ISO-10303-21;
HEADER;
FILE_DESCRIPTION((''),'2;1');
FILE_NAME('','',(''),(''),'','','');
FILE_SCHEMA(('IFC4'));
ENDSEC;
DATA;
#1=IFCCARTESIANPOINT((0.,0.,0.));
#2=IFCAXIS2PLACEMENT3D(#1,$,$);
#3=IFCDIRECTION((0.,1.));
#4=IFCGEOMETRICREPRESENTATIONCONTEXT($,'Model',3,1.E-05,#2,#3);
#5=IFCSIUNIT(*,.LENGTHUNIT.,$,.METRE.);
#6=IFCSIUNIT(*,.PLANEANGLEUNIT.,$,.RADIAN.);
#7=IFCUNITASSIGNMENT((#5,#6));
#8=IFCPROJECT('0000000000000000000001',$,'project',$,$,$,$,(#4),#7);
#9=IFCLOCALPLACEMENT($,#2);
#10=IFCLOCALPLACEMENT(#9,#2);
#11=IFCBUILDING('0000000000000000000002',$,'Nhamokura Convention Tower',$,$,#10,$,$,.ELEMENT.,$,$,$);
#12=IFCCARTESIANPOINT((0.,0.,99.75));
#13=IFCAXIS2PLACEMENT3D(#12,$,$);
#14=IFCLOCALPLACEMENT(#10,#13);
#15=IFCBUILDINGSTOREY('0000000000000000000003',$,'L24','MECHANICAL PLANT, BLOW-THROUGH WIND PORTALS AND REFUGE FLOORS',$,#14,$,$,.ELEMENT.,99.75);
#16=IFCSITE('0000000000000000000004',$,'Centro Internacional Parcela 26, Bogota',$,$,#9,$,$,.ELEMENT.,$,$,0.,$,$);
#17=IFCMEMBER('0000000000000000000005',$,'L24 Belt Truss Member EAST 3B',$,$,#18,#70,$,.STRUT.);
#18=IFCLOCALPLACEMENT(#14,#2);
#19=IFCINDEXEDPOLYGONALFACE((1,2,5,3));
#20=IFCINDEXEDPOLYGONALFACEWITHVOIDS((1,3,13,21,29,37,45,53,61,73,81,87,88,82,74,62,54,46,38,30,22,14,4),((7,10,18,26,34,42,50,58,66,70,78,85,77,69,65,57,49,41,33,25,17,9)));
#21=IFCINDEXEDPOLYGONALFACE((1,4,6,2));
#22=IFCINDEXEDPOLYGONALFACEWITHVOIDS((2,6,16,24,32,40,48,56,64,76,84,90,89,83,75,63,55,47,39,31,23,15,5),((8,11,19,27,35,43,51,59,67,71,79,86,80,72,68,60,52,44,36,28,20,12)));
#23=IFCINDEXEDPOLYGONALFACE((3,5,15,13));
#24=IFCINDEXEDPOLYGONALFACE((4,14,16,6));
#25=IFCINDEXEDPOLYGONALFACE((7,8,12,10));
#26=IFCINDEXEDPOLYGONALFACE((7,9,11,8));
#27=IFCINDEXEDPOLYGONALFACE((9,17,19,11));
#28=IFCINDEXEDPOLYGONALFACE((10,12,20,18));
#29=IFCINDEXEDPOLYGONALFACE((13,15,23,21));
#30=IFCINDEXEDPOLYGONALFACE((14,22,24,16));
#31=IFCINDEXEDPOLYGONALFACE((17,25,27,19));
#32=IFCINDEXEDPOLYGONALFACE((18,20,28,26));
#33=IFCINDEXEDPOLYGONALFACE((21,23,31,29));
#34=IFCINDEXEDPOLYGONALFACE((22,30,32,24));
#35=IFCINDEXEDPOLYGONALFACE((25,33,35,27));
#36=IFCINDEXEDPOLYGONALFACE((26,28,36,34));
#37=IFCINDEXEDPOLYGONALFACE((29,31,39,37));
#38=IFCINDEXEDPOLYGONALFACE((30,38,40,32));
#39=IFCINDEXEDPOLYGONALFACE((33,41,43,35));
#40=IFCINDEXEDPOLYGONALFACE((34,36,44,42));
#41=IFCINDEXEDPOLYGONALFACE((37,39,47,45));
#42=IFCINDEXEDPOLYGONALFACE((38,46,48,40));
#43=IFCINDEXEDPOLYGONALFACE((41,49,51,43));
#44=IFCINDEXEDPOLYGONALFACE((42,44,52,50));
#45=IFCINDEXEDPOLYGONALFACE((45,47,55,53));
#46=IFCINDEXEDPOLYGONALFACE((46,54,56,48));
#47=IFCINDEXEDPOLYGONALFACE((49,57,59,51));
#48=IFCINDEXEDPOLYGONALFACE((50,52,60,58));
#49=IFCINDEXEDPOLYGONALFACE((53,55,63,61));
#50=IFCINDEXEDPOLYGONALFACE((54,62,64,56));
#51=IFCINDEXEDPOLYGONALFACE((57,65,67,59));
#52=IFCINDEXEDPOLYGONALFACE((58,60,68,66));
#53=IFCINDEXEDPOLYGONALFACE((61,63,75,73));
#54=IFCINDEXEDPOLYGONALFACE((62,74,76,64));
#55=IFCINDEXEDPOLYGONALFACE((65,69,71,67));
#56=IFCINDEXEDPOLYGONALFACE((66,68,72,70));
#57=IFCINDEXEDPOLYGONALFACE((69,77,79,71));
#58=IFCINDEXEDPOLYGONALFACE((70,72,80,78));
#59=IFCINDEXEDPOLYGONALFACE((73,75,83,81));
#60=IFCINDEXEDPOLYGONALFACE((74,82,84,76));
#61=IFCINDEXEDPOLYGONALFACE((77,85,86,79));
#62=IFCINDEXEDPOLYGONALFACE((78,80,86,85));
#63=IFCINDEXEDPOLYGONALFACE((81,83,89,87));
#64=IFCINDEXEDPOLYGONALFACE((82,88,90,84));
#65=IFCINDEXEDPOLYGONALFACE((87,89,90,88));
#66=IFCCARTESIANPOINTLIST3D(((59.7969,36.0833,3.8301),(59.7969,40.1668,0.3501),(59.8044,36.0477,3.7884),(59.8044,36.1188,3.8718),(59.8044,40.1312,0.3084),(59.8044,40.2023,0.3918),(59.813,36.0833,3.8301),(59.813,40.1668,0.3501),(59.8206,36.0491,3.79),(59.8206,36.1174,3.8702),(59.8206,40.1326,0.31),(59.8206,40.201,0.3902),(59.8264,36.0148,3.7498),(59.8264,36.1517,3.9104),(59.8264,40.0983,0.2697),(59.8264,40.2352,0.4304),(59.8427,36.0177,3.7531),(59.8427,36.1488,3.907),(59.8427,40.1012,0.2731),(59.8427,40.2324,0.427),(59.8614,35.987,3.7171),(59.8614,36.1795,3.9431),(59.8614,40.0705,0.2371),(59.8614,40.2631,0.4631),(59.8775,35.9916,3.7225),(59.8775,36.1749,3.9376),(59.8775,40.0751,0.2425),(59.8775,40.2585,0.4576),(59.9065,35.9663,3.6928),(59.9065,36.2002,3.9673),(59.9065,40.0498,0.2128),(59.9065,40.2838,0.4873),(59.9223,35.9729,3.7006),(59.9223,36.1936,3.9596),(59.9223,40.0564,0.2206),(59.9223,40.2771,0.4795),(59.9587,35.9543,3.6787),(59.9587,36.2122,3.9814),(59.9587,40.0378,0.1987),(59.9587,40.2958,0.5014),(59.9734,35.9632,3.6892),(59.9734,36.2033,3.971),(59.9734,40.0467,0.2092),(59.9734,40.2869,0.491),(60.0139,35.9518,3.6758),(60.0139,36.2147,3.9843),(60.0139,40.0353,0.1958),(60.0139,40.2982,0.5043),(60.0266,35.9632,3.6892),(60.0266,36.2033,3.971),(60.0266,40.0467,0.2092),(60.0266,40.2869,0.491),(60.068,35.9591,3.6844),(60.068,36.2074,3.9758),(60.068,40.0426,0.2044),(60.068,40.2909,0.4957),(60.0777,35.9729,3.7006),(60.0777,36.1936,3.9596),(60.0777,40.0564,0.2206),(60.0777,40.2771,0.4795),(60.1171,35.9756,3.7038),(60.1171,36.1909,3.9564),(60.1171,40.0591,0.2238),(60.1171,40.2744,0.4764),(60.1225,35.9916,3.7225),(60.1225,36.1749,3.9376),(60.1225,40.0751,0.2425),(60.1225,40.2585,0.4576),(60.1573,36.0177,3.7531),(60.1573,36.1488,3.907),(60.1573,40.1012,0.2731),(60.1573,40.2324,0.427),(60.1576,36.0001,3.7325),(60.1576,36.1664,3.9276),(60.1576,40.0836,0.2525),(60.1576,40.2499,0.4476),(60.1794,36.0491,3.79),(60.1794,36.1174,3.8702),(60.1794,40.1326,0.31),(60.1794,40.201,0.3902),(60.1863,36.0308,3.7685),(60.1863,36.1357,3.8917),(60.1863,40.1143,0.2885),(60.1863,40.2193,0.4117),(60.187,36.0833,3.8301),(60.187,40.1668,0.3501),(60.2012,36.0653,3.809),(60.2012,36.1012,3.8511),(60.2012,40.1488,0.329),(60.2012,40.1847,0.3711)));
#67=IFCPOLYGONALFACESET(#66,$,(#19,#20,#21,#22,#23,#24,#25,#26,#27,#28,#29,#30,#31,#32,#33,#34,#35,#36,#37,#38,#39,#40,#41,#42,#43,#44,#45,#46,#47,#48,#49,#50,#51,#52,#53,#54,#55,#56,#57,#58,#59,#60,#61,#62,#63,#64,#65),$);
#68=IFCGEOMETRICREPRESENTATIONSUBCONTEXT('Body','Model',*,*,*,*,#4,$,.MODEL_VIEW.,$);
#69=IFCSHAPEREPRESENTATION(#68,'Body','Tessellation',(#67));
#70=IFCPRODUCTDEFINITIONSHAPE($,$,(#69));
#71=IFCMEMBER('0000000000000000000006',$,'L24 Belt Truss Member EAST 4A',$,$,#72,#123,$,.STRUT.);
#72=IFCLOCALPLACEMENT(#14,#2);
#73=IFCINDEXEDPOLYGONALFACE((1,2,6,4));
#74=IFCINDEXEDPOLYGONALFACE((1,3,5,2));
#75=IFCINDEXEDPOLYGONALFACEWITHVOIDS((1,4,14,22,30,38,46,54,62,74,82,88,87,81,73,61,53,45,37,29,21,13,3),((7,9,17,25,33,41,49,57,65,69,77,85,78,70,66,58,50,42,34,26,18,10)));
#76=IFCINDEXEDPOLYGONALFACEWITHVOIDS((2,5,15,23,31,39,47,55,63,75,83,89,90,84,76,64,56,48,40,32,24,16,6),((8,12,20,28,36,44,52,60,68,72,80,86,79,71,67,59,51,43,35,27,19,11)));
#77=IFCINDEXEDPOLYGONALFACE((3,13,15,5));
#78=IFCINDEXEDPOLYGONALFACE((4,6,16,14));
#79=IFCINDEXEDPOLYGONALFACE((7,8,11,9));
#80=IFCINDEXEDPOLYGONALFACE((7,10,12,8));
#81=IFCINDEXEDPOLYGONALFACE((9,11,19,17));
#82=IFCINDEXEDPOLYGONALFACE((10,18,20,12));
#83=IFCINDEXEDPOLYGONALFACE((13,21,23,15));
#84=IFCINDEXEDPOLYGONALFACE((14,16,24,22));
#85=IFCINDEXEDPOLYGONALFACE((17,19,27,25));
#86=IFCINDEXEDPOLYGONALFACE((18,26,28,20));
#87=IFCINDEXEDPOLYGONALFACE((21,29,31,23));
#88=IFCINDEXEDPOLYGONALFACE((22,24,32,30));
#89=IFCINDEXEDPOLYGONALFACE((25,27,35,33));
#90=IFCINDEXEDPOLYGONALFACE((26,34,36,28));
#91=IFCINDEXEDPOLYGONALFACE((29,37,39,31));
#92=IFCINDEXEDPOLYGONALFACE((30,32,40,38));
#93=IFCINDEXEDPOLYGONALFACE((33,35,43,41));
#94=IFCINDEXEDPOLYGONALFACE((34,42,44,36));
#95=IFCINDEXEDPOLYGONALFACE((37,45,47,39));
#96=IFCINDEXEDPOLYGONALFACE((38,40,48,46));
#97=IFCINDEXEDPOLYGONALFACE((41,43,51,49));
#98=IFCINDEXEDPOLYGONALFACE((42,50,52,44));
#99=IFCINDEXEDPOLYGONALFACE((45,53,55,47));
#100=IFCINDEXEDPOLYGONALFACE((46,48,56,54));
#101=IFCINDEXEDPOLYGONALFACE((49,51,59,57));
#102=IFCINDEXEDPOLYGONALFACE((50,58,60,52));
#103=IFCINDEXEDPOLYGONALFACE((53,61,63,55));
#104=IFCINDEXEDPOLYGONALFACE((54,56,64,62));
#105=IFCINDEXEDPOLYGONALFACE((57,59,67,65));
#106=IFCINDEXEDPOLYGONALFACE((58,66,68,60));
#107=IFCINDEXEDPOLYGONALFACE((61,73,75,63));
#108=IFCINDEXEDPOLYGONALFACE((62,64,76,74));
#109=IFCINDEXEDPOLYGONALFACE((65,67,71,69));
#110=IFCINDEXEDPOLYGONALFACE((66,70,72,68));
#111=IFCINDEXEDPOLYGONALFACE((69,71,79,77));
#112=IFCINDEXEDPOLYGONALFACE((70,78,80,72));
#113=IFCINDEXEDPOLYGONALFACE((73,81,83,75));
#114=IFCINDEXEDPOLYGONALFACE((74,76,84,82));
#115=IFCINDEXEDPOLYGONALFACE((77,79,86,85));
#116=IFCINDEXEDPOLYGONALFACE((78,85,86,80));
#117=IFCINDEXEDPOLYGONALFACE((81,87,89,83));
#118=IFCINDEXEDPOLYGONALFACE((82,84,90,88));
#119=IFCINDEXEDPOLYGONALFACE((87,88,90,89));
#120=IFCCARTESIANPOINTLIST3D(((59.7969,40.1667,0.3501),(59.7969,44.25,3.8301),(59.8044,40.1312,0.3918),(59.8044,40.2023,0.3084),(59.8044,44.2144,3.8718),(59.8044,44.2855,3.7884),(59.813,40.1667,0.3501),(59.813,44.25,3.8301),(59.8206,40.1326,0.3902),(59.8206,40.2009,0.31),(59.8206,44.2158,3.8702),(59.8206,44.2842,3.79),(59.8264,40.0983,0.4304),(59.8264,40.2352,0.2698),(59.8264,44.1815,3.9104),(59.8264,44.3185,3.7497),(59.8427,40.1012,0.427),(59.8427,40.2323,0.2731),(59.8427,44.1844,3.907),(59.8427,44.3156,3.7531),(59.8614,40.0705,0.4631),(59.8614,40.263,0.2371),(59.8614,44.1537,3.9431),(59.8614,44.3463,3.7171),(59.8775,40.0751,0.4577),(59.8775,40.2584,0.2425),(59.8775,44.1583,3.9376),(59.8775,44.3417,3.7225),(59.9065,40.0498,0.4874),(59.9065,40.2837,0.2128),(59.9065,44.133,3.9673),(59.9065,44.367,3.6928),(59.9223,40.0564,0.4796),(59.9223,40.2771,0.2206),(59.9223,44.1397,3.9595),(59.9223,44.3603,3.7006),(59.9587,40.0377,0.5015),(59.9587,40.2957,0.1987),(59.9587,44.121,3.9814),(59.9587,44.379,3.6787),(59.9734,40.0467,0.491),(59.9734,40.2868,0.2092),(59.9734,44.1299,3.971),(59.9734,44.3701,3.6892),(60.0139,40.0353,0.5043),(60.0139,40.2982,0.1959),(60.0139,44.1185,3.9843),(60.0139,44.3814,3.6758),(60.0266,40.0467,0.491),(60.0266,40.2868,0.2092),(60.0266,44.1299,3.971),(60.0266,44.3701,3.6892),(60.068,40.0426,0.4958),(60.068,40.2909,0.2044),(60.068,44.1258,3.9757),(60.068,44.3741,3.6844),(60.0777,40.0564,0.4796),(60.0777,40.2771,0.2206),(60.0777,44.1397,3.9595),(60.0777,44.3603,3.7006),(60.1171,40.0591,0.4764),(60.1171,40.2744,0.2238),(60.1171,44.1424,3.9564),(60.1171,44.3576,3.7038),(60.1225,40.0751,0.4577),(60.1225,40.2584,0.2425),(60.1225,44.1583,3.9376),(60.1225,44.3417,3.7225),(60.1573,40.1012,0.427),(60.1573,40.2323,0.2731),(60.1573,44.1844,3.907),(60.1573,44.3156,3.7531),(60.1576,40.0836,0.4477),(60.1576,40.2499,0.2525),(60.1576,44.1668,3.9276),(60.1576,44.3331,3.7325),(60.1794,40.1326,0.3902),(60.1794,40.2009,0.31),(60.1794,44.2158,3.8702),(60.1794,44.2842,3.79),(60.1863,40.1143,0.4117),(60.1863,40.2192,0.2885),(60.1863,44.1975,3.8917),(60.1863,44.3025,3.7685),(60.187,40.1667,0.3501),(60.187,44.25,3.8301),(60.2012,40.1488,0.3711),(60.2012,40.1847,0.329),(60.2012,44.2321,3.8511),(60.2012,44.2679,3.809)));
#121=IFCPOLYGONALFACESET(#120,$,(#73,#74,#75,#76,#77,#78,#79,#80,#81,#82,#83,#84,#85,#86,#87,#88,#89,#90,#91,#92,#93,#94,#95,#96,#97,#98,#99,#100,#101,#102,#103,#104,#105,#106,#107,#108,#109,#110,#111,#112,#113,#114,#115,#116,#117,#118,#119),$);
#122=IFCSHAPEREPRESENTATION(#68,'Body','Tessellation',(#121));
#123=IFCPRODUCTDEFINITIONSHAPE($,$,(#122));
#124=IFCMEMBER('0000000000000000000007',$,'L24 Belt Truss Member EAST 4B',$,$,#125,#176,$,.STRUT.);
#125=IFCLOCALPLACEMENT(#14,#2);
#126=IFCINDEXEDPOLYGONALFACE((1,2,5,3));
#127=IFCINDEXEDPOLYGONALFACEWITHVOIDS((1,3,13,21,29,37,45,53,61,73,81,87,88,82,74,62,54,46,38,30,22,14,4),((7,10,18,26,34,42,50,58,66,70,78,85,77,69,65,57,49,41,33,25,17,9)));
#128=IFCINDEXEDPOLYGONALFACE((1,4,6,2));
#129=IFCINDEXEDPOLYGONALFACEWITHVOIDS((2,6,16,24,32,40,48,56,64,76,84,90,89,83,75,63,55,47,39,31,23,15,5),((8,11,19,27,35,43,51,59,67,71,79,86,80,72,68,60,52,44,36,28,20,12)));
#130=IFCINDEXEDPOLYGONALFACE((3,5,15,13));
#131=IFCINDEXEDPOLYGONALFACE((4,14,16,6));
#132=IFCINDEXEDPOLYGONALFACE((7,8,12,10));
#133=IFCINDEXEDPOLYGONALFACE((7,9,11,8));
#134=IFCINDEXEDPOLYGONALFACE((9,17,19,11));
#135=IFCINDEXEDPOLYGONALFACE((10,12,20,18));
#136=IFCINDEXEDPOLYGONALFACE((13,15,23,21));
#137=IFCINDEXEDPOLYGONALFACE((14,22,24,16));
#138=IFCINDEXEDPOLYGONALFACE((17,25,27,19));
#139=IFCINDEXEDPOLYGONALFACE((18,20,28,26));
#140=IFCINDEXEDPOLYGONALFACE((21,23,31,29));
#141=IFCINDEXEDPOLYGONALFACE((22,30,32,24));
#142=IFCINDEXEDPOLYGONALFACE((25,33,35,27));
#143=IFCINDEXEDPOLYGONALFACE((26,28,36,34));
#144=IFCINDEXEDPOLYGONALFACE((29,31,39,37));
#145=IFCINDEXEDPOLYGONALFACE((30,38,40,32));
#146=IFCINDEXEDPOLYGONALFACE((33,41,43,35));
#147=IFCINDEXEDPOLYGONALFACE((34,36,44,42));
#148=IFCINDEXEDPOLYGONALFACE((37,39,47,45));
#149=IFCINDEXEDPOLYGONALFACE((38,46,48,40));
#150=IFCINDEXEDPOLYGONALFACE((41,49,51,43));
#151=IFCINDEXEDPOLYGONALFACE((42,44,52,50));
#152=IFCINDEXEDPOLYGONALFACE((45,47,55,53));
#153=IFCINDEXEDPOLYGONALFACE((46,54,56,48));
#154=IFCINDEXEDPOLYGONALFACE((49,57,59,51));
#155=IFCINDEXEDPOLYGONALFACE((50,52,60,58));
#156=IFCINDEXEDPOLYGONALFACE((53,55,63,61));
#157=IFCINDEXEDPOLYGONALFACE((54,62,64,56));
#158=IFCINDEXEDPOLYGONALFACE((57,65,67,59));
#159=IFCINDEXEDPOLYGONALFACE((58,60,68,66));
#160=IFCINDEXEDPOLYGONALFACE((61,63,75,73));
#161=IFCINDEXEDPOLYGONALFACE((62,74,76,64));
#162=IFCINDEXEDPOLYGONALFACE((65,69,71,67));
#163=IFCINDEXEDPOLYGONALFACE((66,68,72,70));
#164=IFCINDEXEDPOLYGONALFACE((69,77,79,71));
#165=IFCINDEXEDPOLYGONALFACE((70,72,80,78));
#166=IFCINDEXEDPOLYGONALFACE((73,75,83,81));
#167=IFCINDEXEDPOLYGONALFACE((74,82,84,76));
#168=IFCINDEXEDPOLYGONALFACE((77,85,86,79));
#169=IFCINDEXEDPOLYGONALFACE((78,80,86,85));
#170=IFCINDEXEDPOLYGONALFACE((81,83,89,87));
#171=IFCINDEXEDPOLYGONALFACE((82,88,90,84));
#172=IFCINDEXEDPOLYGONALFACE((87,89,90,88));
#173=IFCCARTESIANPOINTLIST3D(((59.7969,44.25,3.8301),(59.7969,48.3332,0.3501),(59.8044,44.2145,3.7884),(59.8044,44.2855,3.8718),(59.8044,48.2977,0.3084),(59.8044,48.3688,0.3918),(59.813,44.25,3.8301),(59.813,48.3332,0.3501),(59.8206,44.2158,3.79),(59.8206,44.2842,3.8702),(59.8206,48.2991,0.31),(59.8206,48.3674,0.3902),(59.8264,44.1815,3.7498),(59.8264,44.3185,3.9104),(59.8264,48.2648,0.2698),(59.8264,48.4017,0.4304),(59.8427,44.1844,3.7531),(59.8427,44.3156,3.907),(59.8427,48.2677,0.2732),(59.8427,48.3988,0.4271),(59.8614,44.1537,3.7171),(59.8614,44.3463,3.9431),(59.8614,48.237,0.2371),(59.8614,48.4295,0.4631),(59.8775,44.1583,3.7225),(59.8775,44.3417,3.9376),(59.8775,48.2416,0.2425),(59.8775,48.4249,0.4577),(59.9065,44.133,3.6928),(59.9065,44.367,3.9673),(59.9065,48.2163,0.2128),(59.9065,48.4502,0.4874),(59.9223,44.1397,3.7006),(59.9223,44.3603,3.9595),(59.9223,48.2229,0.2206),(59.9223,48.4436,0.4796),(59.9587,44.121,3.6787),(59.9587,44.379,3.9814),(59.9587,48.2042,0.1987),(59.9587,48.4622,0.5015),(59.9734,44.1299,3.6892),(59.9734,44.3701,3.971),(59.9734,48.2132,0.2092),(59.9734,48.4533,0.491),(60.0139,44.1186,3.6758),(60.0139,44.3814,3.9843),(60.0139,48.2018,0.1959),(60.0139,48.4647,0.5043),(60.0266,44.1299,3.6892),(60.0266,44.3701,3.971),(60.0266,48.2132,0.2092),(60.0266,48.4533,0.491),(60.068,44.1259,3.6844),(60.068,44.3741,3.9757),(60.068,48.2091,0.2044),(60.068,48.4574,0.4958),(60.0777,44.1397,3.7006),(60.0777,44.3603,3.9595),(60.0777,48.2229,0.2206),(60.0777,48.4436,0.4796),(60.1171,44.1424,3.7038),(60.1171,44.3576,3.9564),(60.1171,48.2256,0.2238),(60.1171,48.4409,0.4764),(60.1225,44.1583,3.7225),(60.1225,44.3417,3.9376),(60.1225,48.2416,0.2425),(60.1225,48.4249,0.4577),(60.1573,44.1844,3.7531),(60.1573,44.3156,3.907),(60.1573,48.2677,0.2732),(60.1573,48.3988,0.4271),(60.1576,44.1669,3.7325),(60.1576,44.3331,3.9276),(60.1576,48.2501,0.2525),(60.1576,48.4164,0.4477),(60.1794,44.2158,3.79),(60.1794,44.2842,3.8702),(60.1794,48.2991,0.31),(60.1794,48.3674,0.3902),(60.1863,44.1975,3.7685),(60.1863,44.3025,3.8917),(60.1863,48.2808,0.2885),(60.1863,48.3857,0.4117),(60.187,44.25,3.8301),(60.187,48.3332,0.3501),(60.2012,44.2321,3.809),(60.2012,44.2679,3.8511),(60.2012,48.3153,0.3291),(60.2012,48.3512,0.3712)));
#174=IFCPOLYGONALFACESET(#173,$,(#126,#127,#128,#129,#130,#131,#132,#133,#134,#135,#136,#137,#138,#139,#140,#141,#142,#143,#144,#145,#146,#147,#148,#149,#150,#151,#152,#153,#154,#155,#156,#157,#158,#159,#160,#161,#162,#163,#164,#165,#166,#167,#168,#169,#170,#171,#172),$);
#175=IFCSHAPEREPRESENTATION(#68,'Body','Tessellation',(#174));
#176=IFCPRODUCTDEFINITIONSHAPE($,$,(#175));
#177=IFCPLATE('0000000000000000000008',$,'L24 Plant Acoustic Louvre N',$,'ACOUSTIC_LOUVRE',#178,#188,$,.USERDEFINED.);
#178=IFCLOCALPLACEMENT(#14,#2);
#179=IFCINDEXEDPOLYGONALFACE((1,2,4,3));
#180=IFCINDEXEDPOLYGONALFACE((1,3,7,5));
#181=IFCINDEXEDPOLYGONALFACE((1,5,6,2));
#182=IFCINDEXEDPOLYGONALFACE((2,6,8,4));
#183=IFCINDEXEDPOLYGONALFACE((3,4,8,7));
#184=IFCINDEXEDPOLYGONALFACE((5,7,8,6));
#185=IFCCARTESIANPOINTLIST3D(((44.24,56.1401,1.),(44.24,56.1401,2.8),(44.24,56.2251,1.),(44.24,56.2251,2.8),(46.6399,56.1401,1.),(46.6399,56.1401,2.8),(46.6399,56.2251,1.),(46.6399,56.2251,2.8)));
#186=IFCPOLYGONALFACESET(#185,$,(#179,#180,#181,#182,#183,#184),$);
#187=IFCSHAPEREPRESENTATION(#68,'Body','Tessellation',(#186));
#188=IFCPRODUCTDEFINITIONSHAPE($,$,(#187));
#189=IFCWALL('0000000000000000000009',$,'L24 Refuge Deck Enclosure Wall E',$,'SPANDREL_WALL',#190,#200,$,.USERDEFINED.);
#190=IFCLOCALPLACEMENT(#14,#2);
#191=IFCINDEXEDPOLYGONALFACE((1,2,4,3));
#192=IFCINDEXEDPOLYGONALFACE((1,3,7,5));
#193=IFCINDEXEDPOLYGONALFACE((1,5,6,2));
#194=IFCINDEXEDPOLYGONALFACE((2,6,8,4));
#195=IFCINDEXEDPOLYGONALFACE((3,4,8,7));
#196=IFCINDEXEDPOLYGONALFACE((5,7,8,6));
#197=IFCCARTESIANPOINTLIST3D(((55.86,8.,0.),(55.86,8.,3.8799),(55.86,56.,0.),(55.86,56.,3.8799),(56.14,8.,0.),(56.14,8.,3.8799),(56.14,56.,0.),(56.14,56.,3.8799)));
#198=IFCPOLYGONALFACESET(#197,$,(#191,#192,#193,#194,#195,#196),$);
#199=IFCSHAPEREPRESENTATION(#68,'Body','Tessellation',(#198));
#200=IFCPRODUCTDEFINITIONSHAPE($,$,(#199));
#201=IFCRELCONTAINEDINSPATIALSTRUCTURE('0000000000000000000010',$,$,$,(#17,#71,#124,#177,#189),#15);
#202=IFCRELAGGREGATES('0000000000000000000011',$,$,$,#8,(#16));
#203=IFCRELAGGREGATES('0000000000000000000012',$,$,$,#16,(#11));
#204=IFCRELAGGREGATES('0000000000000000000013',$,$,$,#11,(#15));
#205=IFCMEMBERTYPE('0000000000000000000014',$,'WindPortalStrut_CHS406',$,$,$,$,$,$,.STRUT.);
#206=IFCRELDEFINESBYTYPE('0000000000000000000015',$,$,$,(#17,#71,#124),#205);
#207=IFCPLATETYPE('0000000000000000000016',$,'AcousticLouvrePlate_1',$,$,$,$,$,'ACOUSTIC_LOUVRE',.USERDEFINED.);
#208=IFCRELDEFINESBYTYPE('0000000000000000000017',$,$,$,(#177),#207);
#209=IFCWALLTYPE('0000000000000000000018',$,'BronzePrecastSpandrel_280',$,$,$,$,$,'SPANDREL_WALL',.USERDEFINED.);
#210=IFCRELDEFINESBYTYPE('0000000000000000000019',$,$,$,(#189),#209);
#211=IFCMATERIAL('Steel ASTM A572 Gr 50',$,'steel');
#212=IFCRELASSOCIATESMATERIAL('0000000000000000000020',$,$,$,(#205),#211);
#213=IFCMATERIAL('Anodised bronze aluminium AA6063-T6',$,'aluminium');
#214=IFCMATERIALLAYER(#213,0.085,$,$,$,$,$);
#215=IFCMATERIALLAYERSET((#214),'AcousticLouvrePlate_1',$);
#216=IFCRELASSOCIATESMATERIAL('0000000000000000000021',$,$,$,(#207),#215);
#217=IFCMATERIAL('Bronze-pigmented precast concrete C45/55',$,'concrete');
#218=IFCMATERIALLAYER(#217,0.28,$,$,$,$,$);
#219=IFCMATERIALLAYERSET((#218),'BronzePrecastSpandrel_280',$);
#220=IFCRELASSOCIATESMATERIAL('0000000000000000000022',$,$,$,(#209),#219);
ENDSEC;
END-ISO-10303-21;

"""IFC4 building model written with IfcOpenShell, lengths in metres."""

from ifc_helpers import new_model, si_unit, direction, frame, frame_2d, origin, origin_2d, place, context, subcontext, project, spatial, rectangle, hollow_circle, extrude, material, layer, layer_set, material_profile, profile_set, type_object, element, save


model = new_model("IFC4")

# Units and contexts
model_context = context("Model", 3, precision=1e-05, world=origin(), true_north=direction((0.0, 1.0)))
body_context = subcontext(model_context, "Body", "Model", "MODEL_VIEW")
ifc_project = project(units=[si_unit("LENGTHUNIT", "METRE"), si_unit("PLANEANGLEUNIT", "RADIAN")], contexts=[model_context])

# Site, building, storey
site_placement = place(None, origin())
site = spatial("IfcSite", under=ifc_project, at=site_placement, Name="Centro Internacional Parcela 26, Bogota", CompositionType="ELEMENT", RefElevation=0.0)
building_placement = place(site_placement, origin())
building = spatial("IfcBuilding", under=site, at=building_placement, Name="Nhamokura Convention Tower", CompositionType="ELEMENT")
storey_placement = place(building_placement, frame((0.0, 0.0, 99.75)))
storey = spatial("IfcBuildingStorey", under=building, at=storey_placement, Name="L24", Description="MECHANICAL PLANT, BLOW-THROUGH WIND PORTALS AND REFUGE FLOORS", CompositionType="ELEMENT", Elevation=99.75)

# Members
ifc_material_1 = material(Name="Steel ASTM A572 Gr 50", Category="steel")
ifc_material_profile_1 = material_profile(ifc_material_1, hollow_circle(Radius=0.2031, WallThickness=0.0161, at=origin_2d()))
ifc_profile_set_1 = profile_set([ifc_material_profile_1], Name="Steel ASTM A572 Gr 50")
member_type_1 = type_object("IfcMemberType", Name="WindPortalStrut_CHS406", PredefinedType="STRUT", material=ifc_profile_set_1)
member_1_placement = place(storey_placement, frame((60.0, 36.0833, 3.8301), z_axis=(0.0, 0.76111, -0.648623), x_axis=(-1.0, 0.0, 0.0)))
element("IfcMember", 1, at=member_1_placement, inside=storey, type_object=member_type_1, Name="L24 Belt Truss Member EAST 3B", PredefinedType="STRUT", context=body_context, shape_type="SweptSolid", body=[
    extrude(hollow_circle(Radius=0.2031, WallThickness=0.0161, at=origin_2d()), origin(), (0.0, 0.0, 1.0), 5.3652),
])
for number, where, z_axis, x_axis, name in (
    (2, (60.0, 40.1667, 0.3501), (0.0, 0.761091, 0.648645), (-1.0, 0.0, 0.0), "L24 Belt Truss Member EAST 4A"),
    (3, (60.0, 44.25, 3.8301), (0.0, 0.761091, -0.648645), (-1.0, 0.0, 0.0), "L24 Belt Truss Member EAST 4B"),
):
    element("IfcMember", number, at=place(storey_placement, frame(where, z_axis=z_axis, x_axis=x_axis)), inside=storey, type_object=member_type_1, Name=name, PredefinedType="STRUT", context=body_context, shape_type="SweptSolid", body=[
        extrude(hollow_circle(Radius=0.2031, WallThickness=0.0161, at=origin_2d()), origin(), (0.0, 0.0, 1.0), 5.365),
    ])

# Plate
ifc_material_2 = material(Name="Anodised bronze aluminium AA6063-T6", Category="aluminium")
ifc_layer_1 = layer(ifc_material_2, 0.085)
ifc_layer_set_1 = layer_set([ifc_layer_1], Name="AcousticLouvrePlate_1")
plate_type = type_object("IfcPlateType", Name="AcousticLouvrePlate_1", ElementType="ACOUSTIC_LOUVRE", PredefinedType="USERDEFINED", material=ifc_layer_set_1)
plate_placement = place(storey_placement, frame((45.4399, 56.1826, 1.0), z_axis=(0.0, 0.0, 1.0), x_axis=(1.0, 0.0, 0.0)))
element("IfcPlate", 4, at=plate_placement, inside=storey, type_object=plate_type, Name="L24 Plant Acoustic Louvre N", ObjectType="ACOUSTIC_LOUVRE", PredefinedType="USERDEFINED", context=body_context, shape_type="SweptSolid", body=[
    extrude(rectangle(XDim=2.3999, YDim=0.085, at=origin_2d()), origin(), (0.0, 0.0, 1.0), 1.8),
])

# Wall
ifc_material_3 = material(Name="Bronze-pigmented precast concrete C45/55", Category="concrete")
ifc_layer_2 = layer(ifc_material_3, 0.28)
ifc_layer_set_2 = layer_set([ifc_layer_2], Name="BronzePrecastSpandrel_280")
wall_type = type_object("IfcWallType", Name="BronzePrecastSpandrel_280", ElementType="SPANDREL_WALL", PredefinedType="USERDEFINED", material=ifc_layer_set_2)
wall_placement = place(storey_placement, frame((56.0, 56.0, 0.0), z_axis=(0.0, 0.0, 1.0), x_axis=(0.0, -1.0, 0.0)))
element("IfcWall", 5, at=wall_placement, inside=storey, type_object=wall_type, Name="L24 Refuge Deck Enclosure Wall E", ObjectType="SPANDREL_WALL", PredefinedType="USERDEFINED", context=body_context, shape_type="SweptSolid", body=[
    extrude(rectangle(XDim=48.0, YDim=0.28, at=frame_2d((24.0, 0.0))), origin(), (0.0, 0.0, 1.0), 3.8799),
])

save(model, "model.ifc")
